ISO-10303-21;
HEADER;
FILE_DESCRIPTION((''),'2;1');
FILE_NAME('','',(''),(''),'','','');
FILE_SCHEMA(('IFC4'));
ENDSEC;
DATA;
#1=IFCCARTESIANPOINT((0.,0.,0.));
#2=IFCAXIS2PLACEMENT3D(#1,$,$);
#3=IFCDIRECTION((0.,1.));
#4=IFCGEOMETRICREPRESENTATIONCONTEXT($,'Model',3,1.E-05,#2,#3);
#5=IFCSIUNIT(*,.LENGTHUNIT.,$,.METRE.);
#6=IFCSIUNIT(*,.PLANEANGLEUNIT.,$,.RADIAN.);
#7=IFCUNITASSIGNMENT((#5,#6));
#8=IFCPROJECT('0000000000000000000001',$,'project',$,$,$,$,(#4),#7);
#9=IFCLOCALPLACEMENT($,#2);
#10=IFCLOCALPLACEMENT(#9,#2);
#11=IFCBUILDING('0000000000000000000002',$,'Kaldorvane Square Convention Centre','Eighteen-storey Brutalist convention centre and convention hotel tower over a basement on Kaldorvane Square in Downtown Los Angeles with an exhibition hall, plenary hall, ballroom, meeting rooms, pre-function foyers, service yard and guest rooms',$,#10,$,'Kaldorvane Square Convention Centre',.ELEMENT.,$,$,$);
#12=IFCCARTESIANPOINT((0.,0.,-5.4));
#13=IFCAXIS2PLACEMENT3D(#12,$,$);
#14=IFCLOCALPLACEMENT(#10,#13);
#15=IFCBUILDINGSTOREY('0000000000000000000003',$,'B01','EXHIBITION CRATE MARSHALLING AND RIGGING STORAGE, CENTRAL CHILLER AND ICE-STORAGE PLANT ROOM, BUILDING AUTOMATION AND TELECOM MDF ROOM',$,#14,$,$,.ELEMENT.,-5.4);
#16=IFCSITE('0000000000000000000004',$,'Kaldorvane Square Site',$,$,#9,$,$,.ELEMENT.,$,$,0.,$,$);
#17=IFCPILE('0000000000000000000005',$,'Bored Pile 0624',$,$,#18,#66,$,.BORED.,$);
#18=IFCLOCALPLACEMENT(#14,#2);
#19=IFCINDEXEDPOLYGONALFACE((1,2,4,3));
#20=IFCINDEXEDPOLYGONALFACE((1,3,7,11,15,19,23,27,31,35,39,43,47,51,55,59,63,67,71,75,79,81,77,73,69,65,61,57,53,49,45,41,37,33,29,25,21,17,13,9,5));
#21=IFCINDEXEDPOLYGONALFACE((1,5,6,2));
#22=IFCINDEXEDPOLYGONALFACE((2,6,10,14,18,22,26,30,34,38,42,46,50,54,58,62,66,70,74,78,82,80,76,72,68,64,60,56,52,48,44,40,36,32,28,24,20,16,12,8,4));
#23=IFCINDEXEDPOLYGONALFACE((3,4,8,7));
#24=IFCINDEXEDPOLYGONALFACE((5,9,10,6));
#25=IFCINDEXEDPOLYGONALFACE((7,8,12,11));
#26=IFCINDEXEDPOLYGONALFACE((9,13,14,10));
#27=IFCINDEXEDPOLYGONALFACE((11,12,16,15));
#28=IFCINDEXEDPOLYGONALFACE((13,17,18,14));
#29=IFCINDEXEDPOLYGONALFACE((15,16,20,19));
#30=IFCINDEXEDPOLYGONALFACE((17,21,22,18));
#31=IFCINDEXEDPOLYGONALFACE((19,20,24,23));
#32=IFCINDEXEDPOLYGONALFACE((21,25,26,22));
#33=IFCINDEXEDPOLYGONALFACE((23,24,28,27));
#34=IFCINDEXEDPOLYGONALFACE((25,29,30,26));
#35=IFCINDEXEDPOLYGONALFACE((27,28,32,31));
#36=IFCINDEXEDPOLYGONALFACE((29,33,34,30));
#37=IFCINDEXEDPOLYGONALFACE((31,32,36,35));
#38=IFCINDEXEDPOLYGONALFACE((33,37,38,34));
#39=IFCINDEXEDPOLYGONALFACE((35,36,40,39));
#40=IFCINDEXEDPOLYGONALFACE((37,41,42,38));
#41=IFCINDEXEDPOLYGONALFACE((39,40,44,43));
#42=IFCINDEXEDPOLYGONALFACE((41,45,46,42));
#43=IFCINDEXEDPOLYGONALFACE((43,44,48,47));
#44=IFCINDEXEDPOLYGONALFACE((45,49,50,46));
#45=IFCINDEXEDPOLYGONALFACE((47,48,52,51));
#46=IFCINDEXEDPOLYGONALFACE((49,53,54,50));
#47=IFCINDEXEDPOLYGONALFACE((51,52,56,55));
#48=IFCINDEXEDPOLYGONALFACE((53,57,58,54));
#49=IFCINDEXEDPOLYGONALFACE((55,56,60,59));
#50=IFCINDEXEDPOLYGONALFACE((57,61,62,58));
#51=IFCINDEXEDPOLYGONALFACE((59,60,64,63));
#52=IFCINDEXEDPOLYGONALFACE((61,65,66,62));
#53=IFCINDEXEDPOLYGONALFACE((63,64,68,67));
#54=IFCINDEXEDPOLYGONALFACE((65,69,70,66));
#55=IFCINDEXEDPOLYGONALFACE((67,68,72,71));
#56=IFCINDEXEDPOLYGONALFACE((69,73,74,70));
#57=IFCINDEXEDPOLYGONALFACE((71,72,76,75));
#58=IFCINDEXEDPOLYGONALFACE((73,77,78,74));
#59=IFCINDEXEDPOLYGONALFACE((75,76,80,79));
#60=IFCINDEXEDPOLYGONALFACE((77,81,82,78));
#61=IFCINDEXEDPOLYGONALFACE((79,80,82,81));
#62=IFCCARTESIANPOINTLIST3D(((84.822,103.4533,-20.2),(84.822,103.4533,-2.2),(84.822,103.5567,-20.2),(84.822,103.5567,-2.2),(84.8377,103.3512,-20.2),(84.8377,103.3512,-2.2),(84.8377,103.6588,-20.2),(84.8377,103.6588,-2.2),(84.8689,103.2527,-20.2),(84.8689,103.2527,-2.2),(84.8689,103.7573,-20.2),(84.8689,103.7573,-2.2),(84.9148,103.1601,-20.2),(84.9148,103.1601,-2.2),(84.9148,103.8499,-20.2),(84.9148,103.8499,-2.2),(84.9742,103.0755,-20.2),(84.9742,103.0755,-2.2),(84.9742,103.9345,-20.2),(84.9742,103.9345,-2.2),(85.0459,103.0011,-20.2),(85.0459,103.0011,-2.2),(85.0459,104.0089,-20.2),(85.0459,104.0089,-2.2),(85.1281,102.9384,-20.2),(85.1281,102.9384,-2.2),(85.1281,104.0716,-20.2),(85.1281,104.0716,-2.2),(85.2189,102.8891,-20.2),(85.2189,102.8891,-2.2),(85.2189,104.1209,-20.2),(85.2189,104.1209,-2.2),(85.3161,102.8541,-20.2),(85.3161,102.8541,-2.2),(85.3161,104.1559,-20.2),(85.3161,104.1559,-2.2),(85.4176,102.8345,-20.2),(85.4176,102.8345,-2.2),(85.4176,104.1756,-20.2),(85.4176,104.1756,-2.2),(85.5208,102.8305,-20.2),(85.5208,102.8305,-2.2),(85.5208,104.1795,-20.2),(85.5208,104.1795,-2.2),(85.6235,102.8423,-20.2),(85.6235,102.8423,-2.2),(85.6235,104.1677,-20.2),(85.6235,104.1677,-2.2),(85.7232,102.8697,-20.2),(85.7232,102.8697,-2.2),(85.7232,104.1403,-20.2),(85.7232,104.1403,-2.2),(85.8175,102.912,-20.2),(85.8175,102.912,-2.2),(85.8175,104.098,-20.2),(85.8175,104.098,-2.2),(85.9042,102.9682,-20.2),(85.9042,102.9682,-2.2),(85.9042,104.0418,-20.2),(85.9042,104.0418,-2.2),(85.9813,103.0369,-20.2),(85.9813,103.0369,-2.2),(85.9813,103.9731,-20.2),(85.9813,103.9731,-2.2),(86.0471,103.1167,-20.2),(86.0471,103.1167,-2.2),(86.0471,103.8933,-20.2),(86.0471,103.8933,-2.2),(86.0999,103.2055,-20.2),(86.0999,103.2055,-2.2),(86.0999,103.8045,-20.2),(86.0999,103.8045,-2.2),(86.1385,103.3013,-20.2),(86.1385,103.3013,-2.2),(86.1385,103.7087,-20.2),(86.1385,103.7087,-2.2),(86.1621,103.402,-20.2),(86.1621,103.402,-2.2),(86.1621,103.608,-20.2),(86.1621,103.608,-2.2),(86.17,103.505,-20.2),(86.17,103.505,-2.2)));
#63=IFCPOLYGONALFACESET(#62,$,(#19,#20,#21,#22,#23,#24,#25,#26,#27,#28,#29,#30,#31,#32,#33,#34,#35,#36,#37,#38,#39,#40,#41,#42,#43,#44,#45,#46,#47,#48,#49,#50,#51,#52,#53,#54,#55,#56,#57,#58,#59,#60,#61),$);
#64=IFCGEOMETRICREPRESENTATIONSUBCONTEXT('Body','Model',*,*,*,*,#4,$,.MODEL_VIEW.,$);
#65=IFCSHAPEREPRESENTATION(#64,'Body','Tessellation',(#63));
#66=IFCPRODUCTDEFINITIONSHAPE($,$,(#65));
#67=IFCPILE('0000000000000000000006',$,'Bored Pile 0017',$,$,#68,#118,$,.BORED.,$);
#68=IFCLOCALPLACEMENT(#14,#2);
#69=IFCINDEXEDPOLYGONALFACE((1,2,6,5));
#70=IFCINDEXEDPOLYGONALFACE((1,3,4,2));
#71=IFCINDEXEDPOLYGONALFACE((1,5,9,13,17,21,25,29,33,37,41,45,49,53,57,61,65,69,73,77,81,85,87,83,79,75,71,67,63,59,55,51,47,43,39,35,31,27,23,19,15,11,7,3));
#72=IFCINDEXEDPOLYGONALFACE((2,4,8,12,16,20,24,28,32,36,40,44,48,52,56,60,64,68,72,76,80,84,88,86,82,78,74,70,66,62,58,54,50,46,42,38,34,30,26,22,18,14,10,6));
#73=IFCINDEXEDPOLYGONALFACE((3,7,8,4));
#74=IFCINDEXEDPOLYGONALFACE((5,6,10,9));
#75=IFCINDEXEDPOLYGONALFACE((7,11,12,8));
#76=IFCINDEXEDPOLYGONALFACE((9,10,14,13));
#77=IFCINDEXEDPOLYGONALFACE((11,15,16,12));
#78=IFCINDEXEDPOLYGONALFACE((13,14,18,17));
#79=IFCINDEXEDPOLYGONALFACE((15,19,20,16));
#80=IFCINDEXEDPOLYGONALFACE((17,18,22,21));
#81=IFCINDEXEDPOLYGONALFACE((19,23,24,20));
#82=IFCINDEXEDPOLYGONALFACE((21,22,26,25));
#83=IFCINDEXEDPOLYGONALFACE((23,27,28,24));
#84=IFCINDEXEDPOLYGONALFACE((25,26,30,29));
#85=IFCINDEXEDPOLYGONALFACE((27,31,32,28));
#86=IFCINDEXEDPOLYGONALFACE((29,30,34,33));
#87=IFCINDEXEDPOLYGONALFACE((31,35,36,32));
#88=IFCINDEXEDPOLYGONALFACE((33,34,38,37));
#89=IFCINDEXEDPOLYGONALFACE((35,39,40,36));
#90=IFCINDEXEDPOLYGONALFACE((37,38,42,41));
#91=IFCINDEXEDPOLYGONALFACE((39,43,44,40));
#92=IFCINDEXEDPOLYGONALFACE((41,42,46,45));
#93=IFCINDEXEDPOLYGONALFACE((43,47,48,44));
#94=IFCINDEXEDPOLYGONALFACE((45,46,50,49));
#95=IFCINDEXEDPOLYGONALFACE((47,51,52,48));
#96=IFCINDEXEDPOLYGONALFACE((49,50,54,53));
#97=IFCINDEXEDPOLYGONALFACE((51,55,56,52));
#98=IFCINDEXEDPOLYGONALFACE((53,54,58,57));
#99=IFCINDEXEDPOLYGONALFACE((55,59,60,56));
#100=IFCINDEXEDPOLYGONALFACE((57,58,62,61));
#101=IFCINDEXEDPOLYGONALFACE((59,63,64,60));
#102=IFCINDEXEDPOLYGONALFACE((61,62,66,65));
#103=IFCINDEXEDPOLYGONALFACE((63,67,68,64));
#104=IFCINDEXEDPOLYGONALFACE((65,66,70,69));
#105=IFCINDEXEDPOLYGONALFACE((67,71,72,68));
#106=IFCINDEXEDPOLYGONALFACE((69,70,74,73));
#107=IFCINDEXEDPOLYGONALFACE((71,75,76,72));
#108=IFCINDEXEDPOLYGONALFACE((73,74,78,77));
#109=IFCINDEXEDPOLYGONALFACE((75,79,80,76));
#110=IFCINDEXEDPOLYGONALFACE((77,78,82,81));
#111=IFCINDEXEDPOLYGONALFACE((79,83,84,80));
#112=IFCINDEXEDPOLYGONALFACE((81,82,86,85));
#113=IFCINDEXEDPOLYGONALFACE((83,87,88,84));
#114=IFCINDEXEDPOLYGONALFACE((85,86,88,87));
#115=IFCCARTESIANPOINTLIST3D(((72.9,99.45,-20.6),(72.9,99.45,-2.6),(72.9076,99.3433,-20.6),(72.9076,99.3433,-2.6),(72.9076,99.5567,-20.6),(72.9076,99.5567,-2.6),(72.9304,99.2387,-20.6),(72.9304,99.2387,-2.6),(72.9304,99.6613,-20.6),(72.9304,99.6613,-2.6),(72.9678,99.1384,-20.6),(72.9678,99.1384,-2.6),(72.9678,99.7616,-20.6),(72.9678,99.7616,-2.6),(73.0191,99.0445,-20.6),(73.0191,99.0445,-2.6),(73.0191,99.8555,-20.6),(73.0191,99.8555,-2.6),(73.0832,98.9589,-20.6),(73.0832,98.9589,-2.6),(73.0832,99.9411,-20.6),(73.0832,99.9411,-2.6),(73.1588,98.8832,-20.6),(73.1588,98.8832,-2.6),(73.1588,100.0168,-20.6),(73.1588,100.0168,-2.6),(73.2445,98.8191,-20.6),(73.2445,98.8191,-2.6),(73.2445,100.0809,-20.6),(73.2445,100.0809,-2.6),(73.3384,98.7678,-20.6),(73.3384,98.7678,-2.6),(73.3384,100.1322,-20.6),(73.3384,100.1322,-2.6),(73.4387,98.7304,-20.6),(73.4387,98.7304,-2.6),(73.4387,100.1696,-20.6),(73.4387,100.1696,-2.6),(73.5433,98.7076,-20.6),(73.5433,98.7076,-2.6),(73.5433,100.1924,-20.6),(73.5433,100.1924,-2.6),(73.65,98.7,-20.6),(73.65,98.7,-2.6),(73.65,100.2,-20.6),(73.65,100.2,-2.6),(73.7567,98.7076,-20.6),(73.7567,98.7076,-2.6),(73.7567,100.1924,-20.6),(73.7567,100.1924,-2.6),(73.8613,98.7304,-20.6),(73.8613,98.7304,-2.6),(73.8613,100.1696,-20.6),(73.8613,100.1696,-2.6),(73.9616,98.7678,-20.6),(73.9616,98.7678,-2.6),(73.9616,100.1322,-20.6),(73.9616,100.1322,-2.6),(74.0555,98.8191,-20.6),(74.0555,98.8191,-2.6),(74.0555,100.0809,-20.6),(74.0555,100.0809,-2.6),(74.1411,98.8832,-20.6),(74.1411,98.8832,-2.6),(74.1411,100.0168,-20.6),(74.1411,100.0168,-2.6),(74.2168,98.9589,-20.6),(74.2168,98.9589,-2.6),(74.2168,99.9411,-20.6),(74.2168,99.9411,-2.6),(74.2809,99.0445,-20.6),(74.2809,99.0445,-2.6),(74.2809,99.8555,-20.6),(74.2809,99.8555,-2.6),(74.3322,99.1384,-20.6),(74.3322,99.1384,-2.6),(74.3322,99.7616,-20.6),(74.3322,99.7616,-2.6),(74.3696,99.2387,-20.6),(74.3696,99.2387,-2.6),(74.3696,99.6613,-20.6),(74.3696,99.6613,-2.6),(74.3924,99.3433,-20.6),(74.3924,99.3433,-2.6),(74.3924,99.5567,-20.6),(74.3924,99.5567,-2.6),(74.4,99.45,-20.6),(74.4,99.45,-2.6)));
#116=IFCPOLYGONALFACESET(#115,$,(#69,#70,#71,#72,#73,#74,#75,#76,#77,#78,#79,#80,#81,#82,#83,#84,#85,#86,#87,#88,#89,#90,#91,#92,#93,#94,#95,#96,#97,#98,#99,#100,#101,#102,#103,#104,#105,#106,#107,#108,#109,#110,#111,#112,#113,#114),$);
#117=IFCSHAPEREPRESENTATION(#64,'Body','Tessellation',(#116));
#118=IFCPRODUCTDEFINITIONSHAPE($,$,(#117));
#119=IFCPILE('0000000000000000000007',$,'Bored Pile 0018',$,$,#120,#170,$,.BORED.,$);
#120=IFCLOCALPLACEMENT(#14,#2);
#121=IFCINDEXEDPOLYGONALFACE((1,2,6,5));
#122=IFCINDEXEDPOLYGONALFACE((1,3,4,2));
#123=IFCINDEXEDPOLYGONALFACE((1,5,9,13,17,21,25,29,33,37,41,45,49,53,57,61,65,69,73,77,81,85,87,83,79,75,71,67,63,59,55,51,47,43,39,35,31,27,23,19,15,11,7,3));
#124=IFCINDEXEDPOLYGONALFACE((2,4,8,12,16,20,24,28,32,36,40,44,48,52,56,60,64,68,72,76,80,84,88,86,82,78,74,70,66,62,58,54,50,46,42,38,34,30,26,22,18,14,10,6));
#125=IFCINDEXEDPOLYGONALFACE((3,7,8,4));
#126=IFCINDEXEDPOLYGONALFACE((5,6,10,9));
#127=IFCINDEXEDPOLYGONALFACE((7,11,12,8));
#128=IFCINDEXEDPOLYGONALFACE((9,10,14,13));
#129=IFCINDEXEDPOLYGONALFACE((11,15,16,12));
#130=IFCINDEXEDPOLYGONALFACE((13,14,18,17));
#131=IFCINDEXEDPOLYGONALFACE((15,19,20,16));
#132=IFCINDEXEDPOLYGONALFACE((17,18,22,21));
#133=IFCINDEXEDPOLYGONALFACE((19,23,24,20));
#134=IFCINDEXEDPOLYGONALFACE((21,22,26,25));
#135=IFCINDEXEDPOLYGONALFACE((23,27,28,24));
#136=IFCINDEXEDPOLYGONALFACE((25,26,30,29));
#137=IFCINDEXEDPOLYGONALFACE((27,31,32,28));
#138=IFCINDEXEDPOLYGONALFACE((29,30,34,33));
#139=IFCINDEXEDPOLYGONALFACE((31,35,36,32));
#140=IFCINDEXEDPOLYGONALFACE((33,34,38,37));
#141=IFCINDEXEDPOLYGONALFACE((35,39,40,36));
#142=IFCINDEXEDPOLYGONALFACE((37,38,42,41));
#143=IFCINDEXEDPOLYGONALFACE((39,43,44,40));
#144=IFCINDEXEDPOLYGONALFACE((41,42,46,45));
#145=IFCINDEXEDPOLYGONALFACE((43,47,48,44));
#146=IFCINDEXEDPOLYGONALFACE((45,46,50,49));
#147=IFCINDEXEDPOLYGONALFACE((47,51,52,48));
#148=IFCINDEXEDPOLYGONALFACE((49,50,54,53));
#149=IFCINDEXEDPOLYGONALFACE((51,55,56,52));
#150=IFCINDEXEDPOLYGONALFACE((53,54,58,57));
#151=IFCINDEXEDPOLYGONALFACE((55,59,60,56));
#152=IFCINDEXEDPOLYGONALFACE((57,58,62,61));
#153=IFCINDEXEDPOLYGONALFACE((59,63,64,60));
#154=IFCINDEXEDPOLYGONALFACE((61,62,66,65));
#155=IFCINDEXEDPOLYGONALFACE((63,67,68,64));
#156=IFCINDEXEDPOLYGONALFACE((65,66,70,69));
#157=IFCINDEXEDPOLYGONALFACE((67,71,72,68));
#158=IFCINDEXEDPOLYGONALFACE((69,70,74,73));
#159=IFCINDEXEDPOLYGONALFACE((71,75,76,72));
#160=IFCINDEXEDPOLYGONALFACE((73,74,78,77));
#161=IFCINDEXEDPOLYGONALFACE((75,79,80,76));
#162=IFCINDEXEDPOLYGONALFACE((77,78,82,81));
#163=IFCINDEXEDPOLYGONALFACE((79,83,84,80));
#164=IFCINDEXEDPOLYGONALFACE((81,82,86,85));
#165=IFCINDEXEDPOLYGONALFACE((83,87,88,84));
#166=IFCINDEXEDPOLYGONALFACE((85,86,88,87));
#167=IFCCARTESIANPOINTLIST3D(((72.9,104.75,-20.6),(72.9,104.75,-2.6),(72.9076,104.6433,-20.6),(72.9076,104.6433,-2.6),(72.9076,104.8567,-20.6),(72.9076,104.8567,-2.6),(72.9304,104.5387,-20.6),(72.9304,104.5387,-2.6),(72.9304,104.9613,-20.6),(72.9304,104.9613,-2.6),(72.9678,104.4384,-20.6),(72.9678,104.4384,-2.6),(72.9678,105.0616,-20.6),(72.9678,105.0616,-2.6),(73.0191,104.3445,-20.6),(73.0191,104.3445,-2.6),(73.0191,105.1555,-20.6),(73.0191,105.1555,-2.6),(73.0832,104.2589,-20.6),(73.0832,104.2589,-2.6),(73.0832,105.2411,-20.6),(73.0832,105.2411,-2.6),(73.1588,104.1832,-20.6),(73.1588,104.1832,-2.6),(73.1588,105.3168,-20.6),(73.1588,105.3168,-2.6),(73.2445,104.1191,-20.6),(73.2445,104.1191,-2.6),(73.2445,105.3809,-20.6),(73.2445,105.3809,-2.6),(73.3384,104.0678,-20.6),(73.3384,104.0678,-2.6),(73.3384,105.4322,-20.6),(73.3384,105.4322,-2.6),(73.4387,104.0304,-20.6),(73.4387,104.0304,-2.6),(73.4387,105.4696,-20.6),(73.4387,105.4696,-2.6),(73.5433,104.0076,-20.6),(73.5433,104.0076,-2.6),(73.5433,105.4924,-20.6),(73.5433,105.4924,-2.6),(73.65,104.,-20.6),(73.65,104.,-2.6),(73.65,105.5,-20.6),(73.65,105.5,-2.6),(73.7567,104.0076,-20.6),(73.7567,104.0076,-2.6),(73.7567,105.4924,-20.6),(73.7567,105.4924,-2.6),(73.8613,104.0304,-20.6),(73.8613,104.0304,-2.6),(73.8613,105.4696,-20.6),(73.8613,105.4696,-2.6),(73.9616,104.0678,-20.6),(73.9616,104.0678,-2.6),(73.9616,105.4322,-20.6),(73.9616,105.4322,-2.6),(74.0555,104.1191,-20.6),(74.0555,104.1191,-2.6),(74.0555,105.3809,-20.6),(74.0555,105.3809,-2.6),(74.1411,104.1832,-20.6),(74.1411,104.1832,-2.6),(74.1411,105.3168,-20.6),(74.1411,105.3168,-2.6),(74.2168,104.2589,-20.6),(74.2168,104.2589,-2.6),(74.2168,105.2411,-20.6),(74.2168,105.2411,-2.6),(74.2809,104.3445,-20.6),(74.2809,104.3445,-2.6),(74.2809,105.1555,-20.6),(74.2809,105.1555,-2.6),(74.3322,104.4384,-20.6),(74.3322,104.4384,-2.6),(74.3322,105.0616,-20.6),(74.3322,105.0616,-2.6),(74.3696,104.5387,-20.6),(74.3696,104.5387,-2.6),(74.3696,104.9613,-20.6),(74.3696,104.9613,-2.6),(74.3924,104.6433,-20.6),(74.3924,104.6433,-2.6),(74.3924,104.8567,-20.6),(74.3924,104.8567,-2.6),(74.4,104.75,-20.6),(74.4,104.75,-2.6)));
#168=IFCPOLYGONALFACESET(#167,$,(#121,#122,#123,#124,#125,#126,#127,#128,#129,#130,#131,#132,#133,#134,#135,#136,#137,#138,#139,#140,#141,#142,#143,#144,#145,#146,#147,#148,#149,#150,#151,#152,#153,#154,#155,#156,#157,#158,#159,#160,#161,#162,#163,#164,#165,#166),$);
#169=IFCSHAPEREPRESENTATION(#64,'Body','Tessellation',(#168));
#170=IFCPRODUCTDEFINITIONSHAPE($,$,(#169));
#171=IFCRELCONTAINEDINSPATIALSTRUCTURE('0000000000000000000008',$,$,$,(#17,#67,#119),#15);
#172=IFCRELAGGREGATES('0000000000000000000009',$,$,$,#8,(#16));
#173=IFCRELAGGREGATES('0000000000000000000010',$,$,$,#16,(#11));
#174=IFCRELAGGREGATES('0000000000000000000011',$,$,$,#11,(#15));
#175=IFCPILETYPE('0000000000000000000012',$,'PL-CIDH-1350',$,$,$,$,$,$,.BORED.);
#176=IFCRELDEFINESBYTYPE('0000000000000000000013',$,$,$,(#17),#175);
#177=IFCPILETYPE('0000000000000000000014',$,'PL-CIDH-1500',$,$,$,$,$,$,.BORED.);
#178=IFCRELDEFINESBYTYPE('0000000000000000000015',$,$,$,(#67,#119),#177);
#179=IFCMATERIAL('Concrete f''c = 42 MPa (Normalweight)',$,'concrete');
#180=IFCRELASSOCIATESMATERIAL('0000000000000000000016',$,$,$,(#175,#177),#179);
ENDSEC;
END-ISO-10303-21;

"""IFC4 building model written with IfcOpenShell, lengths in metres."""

from ifc_helpers import new_model, si_unit, direction, frame, origin, origin_2d, place, context, subcontext, project, spatial, circle, extrude, material, material_profile, profile_set, type_object, element, save


model = new_model("IFC4")

# Units and contexts
model_context = context("Model", 3, precision=1e-05, world=origin(), true_north=direction((0.0, 1.0)))
body_context = subcontext(model_context, "Body", "Model", "MODEL_VIEW")
ifc_project = project(units=[si_unit("LENGTHUNIT", "METRE"), si_unit("PLANEANGLEUNIT", "RADIAN")], contexts=[model_context])

# Site, building, storey
site_placement = place(None, origin())
site = spatial("IfcSite", under=ifc_project, at=site_placement, Name="Kaldorvane Square Site", CompositionType="ELEMENT", RefElevation=0.0)
building_placement = place(site_placement, origin())
building = spatial("IfcBuilding", under=site, at=building_placement, Name="Kaldorvane Square Convention Centre", Description="Eighteen-storey Brutalist convention centre and convention hotel tower over a basement on Kaldorvane Square in Downtown Los Angeles with an exhibition hall, plenary hall, ballroom, meeting rooms, pre-function foyers, service yard and guest rooms", LongName="Kaldorvane Square Convention Centre", CompositionType="ELEMENT")
storey_placement = place(building_placement, frame((0.0, 0.0, -5.4)))
storey = spatial("IfcBuildingStorey", under=building, at=storey_placement, Name="B01", Description="EXHIBITION CRATE MARSHALLING AND RIGGING STORAGE, CENTRAL CHILLER AND ICE-STORAGE PLANT ROOM, BUILDING AUTOMATION AND TELECOM MDF ROOM", CompositionType="ELEMENT", Elevation=-5.4)

# Shared definitions
ifc_material_1 = material(Name="Concrete f'c = 42 MPa (Normalweight)", Category="concrete")

# Piles
ifc_material_profile_1 = material_profile(ifc_material_1, circle(Radius=0.675, at=origin_2d()), Name="PILE-D1350")
ifc_profile_set_1 = profile_set([ifc_material_profile_1], Name="Concrete f'c = 42 MPa (Normalweight)")
pile_type_1 = type_object("IfcPileType", Name="PL-CIDH-1350", PredefinedType="BORED", material=ifc_profile_set_1)
for number, where, z_axis, x_axis, name in (
    (1, (85.495, 103.505, -2.2), (0.0, 0.0, -1.0), (1.0, 0.0, 0.0), "Bored Pile 0624"),
):
    element("IfcPile", number, at=place(storey_placement, frame(where, z_axis=z_axis, x_axis=x_axis)), inside=storey, type_object=pile_type_1, Name=name, PredefinedType="BORED", context=body_context, shape_type="SweptSolid", body=[
        extrude(circle(Radius=0.675, at=origin_2d()), origin(), (0.0, 0.0, 1.0), 18.0),
    ])
ifc_material_profile_2 = material_profile(ifc_material_1, circle(Radius=0.75, at=origin_2d()), Name="PILE-D1500")
ifc_profile_set_2 = profile_set([ifc_material_profile_2], Name="Concrete f'c = 42 MPa (Normalweight)")
pile_type_2 = type_object("IfcPileType", Name="PL-CIDH-1500", PredefinedType="BORED", material=ifc_profile_set_2)
for number, where, z_axis, x_axis, name in (
    (2, (73.65, 99.45, -2.6), (0.0, 0.0, -1.0), (1.0, 0.0, 0.0), "Bored Pile 0017"),
    (3, (73.65, 104.75, -2.6), (0.0, 0.0, -1.0), (1.0, 0.0, 0.0), "Bored Pile 0018"),
):
    element("IfcPile", number, at=place(storey_placement, frame(where, z_axis=z_axis, x_axis=x_axis)), inside=storey, type_object=pile_type_2, Name=name, PredefinedType="BORED", context=body_context, shape_type="SweptSolid", body=[
        extrude(circle(Radius=0.75, at=origin_2d()), origin(), (0.0, 0.0, 1.0), 18.0),
    ])

save(model, "model.ifc")
